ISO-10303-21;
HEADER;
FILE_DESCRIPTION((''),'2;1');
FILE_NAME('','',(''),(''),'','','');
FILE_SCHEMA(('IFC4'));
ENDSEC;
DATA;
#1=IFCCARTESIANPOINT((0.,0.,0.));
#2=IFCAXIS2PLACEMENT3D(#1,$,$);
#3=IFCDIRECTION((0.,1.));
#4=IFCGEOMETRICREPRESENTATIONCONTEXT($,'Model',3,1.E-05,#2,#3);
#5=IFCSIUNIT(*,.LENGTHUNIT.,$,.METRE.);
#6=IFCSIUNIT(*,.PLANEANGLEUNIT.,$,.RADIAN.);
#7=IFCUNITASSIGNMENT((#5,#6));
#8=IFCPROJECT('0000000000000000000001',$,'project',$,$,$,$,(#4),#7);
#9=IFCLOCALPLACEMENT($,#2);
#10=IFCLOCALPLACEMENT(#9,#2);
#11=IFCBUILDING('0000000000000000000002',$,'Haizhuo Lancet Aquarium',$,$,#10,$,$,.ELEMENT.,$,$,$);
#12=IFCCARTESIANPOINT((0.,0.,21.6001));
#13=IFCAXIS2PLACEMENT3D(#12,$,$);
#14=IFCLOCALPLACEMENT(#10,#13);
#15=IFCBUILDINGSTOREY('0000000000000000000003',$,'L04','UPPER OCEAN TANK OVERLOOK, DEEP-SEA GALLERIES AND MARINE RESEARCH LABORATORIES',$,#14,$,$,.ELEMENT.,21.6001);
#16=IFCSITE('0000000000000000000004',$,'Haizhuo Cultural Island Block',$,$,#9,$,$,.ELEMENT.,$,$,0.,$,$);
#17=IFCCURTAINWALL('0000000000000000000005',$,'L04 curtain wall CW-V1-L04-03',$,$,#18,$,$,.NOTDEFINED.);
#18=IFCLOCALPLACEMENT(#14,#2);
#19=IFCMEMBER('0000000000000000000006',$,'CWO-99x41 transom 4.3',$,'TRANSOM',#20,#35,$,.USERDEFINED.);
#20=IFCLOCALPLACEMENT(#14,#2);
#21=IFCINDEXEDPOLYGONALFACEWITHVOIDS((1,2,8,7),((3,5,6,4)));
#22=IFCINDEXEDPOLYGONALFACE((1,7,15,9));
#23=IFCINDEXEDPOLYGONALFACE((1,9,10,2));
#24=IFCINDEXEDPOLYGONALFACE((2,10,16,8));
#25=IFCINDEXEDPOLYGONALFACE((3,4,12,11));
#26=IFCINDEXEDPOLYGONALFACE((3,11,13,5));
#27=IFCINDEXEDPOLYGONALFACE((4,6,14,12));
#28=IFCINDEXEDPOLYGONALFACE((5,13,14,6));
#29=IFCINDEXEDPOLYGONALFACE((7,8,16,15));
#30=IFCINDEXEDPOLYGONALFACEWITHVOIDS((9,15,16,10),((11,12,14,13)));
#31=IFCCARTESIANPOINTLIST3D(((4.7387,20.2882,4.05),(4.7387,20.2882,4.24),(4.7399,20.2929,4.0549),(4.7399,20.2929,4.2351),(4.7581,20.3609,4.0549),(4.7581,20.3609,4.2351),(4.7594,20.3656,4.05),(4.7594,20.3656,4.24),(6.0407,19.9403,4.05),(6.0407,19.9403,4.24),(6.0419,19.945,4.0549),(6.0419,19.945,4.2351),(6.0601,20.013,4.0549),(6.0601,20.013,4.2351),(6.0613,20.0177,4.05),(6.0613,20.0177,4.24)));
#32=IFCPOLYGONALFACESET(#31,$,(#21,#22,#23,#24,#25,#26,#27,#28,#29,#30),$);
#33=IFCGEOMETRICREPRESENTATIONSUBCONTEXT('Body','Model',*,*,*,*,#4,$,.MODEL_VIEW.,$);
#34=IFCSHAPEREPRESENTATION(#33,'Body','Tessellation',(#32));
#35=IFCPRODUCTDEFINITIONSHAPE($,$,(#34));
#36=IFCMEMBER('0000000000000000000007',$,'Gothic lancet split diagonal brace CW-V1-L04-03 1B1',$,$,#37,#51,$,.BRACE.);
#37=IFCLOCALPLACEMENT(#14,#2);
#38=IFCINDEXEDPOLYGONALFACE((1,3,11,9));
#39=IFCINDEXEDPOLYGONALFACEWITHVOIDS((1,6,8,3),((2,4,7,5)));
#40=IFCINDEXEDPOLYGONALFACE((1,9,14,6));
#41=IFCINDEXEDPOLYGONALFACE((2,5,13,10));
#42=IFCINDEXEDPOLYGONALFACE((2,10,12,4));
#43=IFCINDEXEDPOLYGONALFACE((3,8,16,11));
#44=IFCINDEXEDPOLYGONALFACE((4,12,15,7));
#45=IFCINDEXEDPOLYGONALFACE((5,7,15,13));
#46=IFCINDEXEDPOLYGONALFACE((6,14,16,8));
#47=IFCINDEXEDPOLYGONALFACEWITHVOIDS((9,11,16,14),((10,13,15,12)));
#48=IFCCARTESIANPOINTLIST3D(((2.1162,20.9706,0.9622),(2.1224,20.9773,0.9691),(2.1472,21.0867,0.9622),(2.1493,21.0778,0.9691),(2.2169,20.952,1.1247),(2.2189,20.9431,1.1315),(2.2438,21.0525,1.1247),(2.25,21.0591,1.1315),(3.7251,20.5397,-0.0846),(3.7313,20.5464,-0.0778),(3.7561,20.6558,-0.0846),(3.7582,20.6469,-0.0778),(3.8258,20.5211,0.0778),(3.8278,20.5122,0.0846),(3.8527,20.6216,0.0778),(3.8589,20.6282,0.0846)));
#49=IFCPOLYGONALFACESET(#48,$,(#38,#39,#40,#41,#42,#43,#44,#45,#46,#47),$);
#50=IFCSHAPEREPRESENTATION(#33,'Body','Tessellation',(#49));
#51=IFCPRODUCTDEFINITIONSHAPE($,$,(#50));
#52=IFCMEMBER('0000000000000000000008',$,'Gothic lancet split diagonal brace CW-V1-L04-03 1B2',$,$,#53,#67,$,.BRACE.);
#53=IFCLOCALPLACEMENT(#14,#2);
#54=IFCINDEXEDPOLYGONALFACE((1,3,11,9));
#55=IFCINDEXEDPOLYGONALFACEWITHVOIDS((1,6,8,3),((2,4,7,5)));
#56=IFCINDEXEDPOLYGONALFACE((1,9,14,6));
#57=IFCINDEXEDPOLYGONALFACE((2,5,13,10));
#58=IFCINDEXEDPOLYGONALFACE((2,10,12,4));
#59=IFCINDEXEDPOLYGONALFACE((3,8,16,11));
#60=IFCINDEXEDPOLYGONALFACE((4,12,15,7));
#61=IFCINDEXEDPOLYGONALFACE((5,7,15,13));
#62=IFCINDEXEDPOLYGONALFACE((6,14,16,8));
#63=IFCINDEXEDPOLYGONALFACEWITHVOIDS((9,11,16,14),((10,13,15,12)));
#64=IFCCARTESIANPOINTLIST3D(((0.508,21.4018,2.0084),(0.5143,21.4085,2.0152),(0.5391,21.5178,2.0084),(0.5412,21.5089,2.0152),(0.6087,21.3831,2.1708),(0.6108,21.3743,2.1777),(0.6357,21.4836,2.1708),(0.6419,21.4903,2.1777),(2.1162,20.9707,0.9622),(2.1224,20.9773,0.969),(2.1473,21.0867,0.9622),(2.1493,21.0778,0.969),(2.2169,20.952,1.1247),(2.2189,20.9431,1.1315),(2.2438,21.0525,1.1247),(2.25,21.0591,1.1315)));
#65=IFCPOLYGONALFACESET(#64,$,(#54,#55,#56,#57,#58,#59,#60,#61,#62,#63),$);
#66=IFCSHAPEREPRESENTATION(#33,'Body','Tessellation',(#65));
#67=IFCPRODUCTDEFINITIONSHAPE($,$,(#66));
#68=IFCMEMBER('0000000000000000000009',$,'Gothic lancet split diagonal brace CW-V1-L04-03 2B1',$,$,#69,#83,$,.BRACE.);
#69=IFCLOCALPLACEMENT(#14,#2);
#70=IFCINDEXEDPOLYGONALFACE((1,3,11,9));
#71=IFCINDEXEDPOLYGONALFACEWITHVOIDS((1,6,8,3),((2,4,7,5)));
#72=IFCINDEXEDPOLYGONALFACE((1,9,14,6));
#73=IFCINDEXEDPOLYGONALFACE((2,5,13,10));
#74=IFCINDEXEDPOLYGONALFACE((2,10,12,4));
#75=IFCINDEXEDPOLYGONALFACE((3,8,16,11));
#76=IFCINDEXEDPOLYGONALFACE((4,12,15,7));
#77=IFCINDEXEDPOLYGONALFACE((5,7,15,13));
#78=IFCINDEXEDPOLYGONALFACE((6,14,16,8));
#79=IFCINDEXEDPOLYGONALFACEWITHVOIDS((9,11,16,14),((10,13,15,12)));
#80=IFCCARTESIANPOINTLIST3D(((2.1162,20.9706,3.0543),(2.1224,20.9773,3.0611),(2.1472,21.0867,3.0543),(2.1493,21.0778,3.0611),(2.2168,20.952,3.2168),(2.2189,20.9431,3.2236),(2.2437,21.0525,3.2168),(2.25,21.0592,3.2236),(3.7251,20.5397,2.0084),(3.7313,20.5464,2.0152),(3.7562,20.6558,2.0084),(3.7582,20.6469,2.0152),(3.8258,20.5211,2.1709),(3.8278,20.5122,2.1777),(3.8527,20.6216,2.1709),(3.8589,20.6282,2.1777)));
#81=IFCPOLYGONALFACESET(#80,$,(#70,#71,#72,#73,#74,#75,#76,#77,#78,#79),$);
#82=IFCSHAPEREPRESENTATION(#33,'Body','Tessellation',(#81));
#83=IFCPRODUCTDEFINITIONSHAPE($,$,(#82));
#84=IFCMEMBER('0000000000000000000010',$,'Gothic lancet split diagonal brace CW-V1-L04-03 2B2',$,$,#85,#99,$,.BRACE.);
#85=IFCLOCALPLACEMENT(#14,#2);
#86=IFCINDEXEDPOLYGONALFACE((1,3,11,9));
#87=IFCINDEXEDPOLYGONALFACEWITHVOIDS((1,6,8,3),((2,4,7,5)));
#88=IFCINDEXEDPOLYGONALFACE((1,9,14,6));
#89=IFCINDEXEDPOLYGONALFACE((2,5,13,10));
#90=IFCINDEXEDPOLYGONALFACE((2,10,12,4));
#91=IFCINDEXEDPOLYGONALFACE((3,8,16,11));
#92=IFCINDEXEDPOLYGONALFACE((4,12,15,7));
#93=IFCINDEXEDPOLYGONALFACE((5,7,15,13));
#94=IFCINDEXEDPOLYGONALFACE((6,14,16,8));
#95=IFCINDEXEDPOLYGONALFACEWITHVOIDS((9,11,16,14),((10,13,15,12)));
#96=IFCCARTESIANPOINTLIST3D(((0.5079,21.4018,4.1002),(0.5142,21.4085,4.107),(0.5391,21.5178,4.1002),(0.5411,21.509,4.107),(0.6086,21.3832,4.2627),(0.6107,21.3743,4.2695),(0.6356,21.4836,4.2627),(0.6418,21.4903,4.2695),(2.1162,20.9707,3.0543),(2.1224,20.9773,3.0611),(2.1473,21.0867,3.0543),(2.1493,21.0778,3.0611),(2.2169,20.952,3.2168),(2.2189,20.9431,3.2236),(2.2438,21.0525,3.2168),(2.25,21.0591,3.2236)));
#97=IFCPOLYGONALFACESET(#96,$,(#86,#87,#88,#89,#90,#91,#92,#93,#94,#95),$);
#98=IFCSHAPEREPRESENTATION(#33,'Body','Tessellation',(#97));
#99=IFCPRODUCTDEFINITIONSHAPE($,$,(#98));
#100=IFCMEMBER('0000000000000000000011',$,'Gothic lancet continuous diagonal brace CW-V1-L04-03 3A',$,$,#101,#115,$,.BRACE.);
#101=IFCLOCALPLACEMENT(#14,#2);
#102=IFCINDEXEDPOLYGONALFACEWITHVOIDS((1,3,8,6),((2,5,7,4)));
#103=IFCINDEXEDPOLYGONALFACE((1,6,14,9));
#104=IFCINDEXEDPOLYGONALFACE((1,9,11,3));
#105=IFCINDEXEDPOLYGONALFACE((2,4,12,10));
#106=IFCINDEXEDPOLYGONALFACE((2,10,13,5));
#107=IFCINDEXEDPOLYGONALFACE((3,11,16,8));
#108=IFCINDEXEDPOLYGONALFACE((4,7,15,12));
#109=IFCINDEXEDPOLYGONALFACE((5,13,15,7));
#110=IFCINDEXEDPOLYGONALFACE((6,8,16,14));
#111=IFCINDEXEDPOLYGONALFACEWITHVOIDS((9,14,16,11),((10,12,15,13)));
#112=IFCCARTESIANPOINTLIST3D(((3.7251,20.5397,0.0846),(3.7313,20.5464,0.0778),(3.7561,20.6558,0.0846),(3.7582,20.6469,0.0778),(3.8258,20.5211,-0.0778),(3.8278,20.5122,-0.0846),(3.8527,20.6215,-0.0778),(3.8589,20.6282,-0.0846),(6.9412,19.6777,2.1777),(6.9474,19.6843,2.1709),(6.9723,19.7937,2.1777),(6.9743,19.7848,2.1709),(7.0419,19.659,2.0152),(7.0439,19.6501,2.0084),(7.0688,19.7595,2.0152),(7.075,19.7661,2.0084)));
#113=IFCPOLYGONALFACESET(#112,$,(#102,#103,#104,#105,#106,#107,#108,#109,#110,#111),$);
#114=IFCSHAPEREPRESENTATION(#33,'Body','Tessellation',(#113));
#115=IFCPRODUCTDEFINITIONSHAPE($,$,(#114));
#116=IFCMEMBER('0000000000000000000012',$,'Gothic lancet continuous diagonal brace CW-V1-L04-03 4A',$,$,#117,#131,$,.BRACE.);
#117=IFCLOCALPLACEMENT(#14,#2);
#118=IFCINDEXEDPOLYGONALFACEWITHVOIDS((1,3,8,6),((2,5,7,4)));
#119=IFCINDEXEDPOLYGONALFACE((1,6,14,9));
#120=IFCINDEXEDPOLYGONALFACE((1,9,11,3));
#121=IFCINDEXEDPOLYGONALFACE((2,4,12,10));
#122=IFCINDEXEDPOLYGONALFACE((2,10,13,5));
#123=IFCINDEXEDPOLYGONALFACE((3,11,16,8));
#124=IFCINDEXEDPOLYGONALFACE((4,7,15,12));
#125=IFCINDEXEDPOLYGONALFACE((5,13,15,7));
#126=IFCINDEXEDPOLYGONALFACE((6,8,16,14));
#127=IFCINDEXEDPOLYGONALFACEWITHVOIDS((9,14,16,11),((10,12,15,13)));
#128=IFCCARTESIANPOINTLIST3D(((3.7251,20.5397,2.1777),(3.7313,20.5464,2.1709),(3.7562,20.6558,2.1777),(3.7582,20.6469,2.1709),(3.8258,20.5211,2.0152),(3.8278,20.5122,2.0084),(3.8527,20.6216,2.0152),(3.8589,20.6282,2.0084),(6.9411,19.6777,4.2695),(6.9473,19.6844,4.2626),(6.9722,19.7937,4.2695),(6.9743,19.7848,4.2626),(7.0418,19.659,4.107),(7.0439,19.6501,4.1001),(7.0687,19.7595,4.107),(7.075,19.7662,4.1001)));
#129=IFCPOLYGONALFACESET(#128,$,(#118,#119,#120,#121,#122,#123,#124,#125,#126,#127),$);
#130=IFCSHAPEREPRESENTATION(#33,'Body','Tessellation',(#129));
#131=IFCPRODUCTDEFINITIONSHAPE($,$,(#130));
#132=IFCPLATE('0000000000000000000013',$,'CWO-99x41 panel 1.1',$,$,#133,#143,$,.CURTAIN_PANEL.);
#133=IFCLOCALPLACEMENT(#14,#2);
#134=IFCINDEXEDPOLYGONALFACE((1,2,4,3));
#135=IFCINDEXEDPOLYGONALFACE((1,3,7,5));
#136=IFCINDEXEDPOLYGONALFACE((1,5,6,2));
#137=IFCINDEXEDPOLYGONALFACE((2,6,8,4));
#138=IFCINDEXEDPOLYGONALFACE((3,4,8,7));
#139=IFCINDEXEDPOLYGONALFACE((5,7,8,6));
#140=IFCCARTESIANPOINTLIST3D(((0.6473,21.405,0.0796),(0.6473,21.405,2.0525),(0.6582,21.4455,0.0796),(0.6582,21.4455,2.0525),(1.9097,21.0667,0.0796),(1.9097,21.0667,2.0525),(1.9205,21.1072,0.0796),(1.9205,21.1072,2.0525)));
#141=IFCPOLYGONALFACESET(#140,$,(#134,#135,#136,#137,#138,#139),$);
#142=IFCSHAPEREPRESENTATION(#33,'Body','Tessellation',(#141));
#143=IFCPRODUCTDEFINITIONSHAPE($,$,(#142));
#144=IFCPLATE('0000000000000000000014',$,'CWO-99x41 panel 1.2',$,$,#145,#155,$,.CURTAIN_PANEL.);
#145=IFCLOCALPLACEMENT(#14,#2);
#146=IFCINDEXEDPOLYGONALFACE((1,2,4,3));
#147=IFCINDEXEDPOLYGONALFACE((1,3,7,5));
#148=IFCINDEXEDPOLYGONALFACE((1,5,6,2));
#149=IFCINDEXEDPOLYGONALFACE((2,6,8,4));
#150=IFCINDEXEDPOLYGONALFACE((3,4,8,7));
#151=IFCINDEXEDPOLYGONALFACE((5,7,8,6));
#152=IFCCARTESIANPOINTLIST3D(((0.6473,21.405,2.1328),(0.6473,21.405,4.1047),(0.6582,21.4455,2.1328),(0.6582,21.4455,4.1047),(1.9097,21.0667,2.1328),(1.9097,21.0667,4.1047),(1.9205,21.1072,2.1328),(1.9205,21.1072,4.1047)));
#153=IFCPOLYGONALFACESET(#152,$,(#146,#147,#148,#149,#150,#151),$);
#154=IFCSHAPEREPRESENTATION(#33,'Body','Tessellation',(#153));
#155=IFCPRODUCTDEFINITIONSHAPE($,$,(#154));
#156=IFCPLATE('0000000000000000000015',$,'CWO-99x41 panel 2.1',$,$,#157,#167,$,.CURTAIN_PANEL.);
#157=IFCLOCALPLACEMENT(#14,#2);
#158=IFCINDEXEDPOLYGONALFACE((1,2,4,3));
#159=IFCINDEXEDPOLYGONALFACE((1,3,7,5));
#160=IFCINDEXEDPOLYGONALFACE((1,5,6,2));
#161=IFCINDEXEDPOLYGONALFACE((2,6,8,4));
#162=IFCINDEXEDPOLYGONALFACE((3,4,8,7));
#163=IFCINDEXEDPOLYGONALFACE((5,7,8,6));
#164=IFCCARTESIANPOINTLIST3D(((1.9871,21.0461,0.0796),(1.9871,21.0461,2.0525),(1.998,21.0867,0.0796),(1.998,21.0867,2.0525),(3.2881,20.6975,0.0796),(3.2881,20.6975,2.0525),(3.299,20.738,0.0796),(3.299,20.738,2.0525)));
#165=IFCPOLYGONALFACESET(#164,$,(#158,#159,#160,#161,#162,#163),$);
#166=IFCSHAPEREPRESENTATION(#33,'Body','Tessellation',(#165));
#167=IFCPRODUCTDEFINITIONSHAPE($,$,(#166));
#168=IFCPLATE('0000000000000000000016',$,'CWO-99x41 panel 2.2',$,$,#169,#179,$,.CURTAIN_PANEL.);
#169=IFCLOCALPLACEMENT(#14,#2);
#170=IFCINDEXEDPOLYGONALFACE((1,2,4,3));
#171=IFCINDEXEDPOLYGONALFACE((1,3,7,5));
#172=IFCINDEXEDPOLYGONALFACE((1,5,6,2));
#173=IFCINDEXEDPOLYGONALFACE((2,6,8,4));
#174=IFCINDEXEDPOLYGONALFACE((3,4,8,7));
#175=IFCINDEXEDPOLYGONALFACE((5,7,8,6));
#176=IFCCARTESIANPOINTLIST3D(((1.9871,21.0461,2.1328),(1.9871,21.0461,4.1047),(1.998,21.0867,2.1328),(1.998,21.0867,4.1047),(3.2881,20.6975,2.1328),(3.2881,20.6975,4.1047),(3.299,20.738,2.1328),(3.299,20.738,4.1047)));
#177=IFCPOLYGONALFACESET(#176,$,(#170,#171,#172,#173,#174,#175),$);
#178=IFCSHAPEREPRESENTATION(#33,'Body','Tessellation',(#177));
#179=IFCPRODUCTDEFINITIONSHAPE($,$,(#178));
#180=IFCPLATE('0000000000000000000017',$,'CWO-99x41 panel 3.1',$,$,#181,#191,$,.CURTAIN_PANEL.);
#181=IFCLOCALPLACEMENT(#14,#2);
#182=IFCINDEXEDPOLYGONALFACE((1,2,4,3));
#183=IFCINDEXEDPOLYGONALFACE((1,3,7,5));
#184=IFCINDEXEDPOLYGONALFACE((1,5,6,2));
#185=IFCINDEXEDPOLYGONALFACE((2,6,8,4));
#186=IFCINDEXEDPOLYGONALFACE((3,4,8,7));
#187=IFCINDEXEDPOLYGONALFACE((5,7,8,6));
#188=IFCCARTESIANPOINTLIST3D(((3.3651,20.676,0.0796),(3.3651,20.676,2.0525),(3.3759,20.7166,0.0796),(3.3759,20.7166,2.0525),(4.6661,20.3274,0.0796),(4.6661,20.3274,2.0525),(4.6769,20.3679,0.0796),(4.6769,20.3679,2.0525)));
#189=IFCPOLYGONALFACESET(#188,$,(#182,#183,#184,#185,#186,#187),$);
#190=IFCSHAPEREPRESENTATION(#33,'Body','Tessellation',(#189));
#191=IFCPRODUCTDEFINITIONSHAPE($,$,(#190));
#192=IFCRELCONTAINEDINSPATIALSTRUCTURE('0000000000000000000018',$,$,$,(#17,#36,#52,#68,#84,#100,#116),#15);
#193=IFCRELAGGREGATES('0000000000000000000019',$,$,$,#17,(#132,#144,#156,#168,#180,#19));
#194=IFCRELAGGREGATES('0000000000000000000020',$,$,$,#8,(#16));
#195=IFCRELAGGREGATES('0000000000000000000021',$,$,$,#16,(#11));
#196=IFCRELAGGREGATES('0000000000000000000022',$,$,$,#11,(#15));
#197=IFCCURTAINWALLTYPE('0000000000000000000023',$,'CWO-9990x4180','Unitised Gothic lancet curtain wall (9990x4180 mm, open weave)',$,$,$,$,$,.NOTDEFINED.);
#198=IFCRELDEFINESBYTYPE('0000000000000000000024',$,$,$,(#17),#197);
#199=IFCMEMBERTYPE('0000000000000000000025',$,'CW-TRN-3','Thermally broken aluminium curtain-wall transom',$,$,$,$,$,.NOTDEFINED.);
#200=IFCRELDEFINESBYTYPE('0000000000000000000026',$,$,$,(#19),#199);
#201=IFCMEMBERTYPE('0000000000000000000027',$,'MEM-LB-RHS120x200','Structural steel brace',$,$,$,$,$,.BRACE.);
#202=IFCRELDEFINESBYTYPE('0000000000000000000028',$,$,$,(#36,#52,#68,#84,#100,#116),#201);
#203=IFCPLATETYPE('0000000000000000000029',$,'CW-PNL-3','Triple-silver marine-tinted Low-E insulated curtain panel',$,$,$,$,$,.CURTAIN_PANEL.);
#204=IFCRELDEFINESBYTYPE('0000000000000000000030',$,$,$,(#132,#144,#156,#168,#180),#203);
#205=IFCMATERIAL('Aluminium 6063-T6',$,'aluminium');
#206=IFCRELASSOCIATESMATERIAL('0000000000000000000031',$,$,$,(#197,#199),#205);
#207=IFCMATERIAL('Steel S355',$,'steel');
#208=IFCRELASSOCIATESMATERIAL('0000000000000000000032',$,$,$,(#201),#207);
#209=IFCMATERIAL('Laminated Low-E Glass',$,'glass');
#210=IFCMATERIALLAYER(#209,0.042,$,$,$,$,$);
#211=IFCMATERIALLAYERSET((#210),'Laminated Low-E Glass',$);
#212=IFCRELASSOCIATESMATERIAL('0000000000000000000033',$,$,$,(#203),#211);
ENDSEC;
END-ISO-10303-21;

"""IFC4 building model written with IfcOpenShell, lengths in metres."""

from ifc_helpers import new_model, si_unit, direction, frame, origin, origin_2d, place, context, subcontext, project, spatial, rectangle, hollow_rectangle, extrude, material, layer, layer_set, material_profile, profile_set, type_object, element, aggregate, save


model = new_model("IFC4")

# Units and contexts
model_context = context("Model", 3, precision=1e-05, world=origin(), true_north=direction((0.0, 1.0)))
body_context = subcontext(model_context, "Body", "Model", "MODEL_VIEW")
ifc_project = project(units=[si_unit("LENGTHUNIT", "METRE"), si_unit("PLANEANGLEUNIT", "RADIAN")], contexts=[model_context])

# Site, building, storey
site_placement = place(None, origin())
site = spatial("IfcSite", under=ifc_project, at=site_placement, Name="Haizhuo Cultural Island Block", CompositionType="ELEMENT", RefElevation=0.0)
building_placement = place(site_placement, origin())
building = spatial("IfcBuilding", under=site, at=building_placement, Name="Haizhuo Lancet Aquarium", CompositionType="ELEMENT")
storey_placement = place(building_placement, frame((0.0, 0.0, 21.6001)))
storey = spatial("IfcBuildingStorey", under=building, at=storey_placement, Name="L04", Description="UPPER OCEAN TANK OVERLOOK, DEEP-SEA GALLERIES AND MARINE RESEARCH LABORATORIES", CompositionType="ELEMENT", Elevation=21.6001)

# Curtain wall, member
ifc_material_1 = material(Name="Aluminium 6063-T6", Category="aluminium")
curtain_wall_type = type_object("IfcCurtainWallType", Name="CWO-9990x4180", Description="Unitised Gothic lancet curtain wall (9990x4180 mm, open weave)", PredefinedType="NOTDEFINED", material=ifc_material_1)
curtain_wall_placement = place(storey_placement, origin())
curtain_wall = element("IfcCurtainWall", 1, at=curtain_wall_placement, inside=storey, type_object=curtain_wall_type, Name="L04 curtain wall CW-V1-L04-03", PredefinedType="NOTDEFINED")
ifc_material_profile_1 = material_profile(ifc_material_1, hollow_rectangle(XDim=0.0801, YDim=0.1899, WallThickness=0.0049, at=origin_2d()), Name="ALU-T 80x190x5")
ifc_profile_set_1 = profile_set([ifc_material_profile_1], Name="Aluminium 6063-T6")
member_type_1 = type_object("IfcMemberType", Name="CW-TRN-3", Description="Thermally broken aluminium curtain-wall transom", PredefinedType="NOTDEFINED", material=ifc_profile_set_1)
member_1_placement = place(storey_placement, frame((4.749, 20.3269, 4.145), z_axis=(0.966106, -0.258147, 0.0), x_axis=(0.258147, 0.966106, 0.0)))
member_1 = element("IfcMember", 2, at=member_1_placement, type_object=member_type_1, Name="CWO-99x41 transom 4.3", ObjectType="TRANSOM", PredefinedType="USERDEFINED", context=body_context, shape_type="SweptSolid", body=[
    extrude(hollow_rectangle(XDim=0.0801, YDim=0.1899, WallThickness=0.0049, at=origin_2d()), origin(), (0.0, 0.0, 1.0), 1.3477),
])

# Members
ifc_material_2 = material(Name="Steel S355", Category="steel")
ifc_material_profile_2 = material_profile(ifc_material_2, hollow_rectangle(XDim=0.1201, YDim=0.2, WallThickness=0.0081, at=origin_2d()), Name="RHS 120x200x8")
ifc_profile_set_2 = profile_set([ifc_material_profile_2], Name="Steel S355")
member_type_2 = type_object("IfcMemberType", Name="MEM-LB-RHS120x200", Description="Structural steel brace", PredefinedType="BRACE", material=ifc_profile_set_2)
member_2_placement = place(storey_placement, frame((3.792, 20.584, 0.0), z_axis=(-0.817828, 0.219039, 0.532146), x_axis=(-0.258712, -0.965955, 0.0)))
element("IfcMember", 3, at=member_2_placement, inside=storey, type_object=member_type_2, Name="Gothic lancet split diagonal brace CW-V1-L04-03 1B1", PredefinedType="BRACE", context=body_context, shape_type="SweptSolid", body=[
    extrude(hollow_rectangle(XDim=0.1201, YDim=0.2, WallThickness=0.0081, at=origin_2d()), origin(), (0.0, 0.0, 1.0), 1.9673),
])
member_3_placement = place(storey_placement, frame((2.1831, 21.0149, 1.0469), z_axis=(-0.817844, 0.219267, 0.532027), x_axis=(-0.258958, -0.965888, 0.0)))
element("IfcMember", 4, at=member_3_placement, inside=storey, type_object=member_type_2, Name="Gothic lancet split diagonal brace CW-V1-L04-03 1B2", PredefinedType="BRACE", context=body_context, shape_type="SweptSolid", body=[
    extrude(hollow_rectangle(XDim=0.1201, YDim=0.2, WallThickness=0.0081, at=origin_2d()), origin(), (0.0, 0.0, 1.0), 1.9663),
])
member_4_placement = place(storey_placement, frame((3.792, 20.584, 2.093), z_axis=(-0.818044, 0.219097, 0.53179), x_axis=(-0.258712, -0.965955, 0.0)))
element("IfcMember", 5, at=member_4_placement, inside=storey, type_object=member_type_2, Name="Gothic lancet split diagonal brace CW-V1-L04-03 2B1", PredefinedType="BRACE", context=body_context, shape_type="SweptSolid", body=[
    extrude(hollow_rectangle(XDim=0.1201, YDim=0.2, WallThickness=0.0081, at=origin_2d()), origin(), (0.0, 0.0, 1.0), 1.9668),
])
member_5_placement = place(storey_placement, frame((2.1831, 21.0149, 3.1389), z_axis=(-0.817898, 0.219282, 0.531938), x_axis=(-0.258958, -0.965888, 0.0)))
element("IfcMember", 6, at=member_5_placement, inside=storey, type_object=member_type_2, Name="Gothic lancet split diagonal brace CW-V1-L04-03 2B2", PredefinedType="BRACE", context=body_context, shape_type="SweptSolid", body=[
    extrude(hollow_rectangle(XDim=0.1201, YDim=0.2, WallThickness=0.0081, at=origin_2d()), origin(), (0.0, 0.0, 1.0), 1.9663),
])
member_6_placement = place(storey_placement, frame((3.792, 20.584, 0.0), z_axis=(0.817754, -0.219197, 0.532195), x_axis=(0.258908, 0.965902, 0.0)))
element("IfcMember", 7, at=member_6_placement, inside=storey, type_object=member_type_2, Name="Gothic lancet continuous diagonal brace CW-V1-L04-03 3A", PredefinedType="BRACE", context=body_context, shape_type="SweptSolid", body=[
    extrude(hollow_rectangle(XDim=0.1201, YDim=0.2, WallThickness=0.0081, at=origin_2d()), origin(), (0.0, 0.0, 1.0), 3.9329),
])
member_7_placement = place(storey_placement, frame((3.792, 20.584, 2.093), z_axis=(0.817889, -0.219234, 0.531972), x_axis=(0.258908, 0.965902, 0.0)))
element("IfcMember", 8, at=member_7_placement, inside=storey, type_object=member_type_2, Name="Gothic lancet continuous diagonal brace CW-V1-L04-03 4A", PredefinedType="BRACE", context=body_context, shape_type="SweptSolid", body=[
    extrude(hollow_rectangle(XDim=0.1201, YDim=0.2, WallThickness=0.0081, at=origin_2d()), origin(), (0.0, 0.0, 1.0), 3.9321),
])

# Plates
ifc_material_3 = material(Name="Laminated Low-E Glass", Category="glass")
ifc_layer = layer(ifc_material_3, 0.042)
ifc_layer_set = layer_set([ifc_layer], Name="Laminated Low-E Glass")
plate_type = type_object("IfcPlateType", Name="CW-PNL-3", Description="Triple-silver marine-tinted Low-E insulated curtain panel", PredefinedType="CURTAIN_PANEL", material=ifc_layer_set)
plate_1_placement = place(storey_placement, frame((1.2839, 21.2561, 0.0796), z_axis=(0.0, 0.0, 1.0), x_axis=(0.965917, -0.258853, 0.0)))
plate_1 = element("IfcPlate", 9, at=plate_1_placement, type_object=plate_type, Name="CWO-99x41 panel 1.1", PredefinedType="CURTAIN_PANEL", context=body_context, shape_type="SweptSolid", body=[
    extrude(rectangle(XDim=1.3069, YDim=0.042, at=origin_2d()), origin(), (0.0, 0.0, 1.0), 1.9729),
])
plate_2_placement = place(storey_placement, frame((1.2839, 21.2561, 2.1328), z_axis=(0.0, 0.0, 1.0), x_axis=(0.965917, -0.258853, 0.0)))
plate_2 = element("IfcPlate", 10, at=plate_2_placement, type_object=plate_type, Name="CWO-99x41 panel 1.2", PredefinedType="CURTAIN_PANEL", context=body_context, shape_type="SweptSolid", body=[
    extrude(rectangle(XDim=1.3069, YDim=0.042, at=origin_2d()), origin(), (0.0, 0.0, 1.0), 1.9719),
])
plate_3_placement = place(storey_placement, frame((2.6431, 20.8921, 0.0796), z_axis=(0.0, 0.0, 1.0), x_axis=(0.965917, -0.258853, 0.0)))
plate_3 = element("IfcPlate", 11, at=plate_3_placement, type_object=plate_type, Name="CWO-99x41 panel 2.1", PredefinedType="CURTAIN_PANEL", context=body_context, shape_type="SweptSolid", body=[
    extrude(rectangle(XDim=1.3469, YDim=0.042, at=origin_2d()), origin(), (0.0, 0.0, 1.0), 1.9729),
])
plate_4_placement = place(storey_placement, frame((2.6431, 20.8921, 2.1328), z_axis=(0.0, 0.0, 1.0), x_axis=(0.965917, -0.258853, 0.0)))
plate_4 = element("IfcPlate", 12, at=plate_4_placement, type_object=plate_type, Name="CWO-99x41 panel 2.2", PredefinedType="CURTAIN_PANEL", context=body_context, shape_type="SweptSolid", body=[
    extrude(rectangle(XDim=1.3469, YDim=0.042, at=origin_2d()), origin(), (0.0, 0.0, 1.0), 1.9719),
])
plate_5_placement = place(storey_placement, frame((4.021, 20.522, 0.0796), z_axis=(0.0, 0.0, 1.0), x_axis=(0.965917, -0.258853, 0.0)))
plate_5 = element("IfcPlate", 13, at=plate_5_placement, type_object=plate_type, Name="CWO-99x41 panel 3.1", PredefinedType="CURTAIN_PANEL", context=body_context, shape_type="SweptSolid", body=[
    extrude(rectangle(XDim=1.3469, YDim=0.042, at=origin_2d()), origin(), (0.0, 0.0, 1.0), 1.9729),
])
aggregate(curtain_wall, [plate_1, plate_2, plate_3, plate_4, plate_5, member_1])

save(model, "model.ifc")
